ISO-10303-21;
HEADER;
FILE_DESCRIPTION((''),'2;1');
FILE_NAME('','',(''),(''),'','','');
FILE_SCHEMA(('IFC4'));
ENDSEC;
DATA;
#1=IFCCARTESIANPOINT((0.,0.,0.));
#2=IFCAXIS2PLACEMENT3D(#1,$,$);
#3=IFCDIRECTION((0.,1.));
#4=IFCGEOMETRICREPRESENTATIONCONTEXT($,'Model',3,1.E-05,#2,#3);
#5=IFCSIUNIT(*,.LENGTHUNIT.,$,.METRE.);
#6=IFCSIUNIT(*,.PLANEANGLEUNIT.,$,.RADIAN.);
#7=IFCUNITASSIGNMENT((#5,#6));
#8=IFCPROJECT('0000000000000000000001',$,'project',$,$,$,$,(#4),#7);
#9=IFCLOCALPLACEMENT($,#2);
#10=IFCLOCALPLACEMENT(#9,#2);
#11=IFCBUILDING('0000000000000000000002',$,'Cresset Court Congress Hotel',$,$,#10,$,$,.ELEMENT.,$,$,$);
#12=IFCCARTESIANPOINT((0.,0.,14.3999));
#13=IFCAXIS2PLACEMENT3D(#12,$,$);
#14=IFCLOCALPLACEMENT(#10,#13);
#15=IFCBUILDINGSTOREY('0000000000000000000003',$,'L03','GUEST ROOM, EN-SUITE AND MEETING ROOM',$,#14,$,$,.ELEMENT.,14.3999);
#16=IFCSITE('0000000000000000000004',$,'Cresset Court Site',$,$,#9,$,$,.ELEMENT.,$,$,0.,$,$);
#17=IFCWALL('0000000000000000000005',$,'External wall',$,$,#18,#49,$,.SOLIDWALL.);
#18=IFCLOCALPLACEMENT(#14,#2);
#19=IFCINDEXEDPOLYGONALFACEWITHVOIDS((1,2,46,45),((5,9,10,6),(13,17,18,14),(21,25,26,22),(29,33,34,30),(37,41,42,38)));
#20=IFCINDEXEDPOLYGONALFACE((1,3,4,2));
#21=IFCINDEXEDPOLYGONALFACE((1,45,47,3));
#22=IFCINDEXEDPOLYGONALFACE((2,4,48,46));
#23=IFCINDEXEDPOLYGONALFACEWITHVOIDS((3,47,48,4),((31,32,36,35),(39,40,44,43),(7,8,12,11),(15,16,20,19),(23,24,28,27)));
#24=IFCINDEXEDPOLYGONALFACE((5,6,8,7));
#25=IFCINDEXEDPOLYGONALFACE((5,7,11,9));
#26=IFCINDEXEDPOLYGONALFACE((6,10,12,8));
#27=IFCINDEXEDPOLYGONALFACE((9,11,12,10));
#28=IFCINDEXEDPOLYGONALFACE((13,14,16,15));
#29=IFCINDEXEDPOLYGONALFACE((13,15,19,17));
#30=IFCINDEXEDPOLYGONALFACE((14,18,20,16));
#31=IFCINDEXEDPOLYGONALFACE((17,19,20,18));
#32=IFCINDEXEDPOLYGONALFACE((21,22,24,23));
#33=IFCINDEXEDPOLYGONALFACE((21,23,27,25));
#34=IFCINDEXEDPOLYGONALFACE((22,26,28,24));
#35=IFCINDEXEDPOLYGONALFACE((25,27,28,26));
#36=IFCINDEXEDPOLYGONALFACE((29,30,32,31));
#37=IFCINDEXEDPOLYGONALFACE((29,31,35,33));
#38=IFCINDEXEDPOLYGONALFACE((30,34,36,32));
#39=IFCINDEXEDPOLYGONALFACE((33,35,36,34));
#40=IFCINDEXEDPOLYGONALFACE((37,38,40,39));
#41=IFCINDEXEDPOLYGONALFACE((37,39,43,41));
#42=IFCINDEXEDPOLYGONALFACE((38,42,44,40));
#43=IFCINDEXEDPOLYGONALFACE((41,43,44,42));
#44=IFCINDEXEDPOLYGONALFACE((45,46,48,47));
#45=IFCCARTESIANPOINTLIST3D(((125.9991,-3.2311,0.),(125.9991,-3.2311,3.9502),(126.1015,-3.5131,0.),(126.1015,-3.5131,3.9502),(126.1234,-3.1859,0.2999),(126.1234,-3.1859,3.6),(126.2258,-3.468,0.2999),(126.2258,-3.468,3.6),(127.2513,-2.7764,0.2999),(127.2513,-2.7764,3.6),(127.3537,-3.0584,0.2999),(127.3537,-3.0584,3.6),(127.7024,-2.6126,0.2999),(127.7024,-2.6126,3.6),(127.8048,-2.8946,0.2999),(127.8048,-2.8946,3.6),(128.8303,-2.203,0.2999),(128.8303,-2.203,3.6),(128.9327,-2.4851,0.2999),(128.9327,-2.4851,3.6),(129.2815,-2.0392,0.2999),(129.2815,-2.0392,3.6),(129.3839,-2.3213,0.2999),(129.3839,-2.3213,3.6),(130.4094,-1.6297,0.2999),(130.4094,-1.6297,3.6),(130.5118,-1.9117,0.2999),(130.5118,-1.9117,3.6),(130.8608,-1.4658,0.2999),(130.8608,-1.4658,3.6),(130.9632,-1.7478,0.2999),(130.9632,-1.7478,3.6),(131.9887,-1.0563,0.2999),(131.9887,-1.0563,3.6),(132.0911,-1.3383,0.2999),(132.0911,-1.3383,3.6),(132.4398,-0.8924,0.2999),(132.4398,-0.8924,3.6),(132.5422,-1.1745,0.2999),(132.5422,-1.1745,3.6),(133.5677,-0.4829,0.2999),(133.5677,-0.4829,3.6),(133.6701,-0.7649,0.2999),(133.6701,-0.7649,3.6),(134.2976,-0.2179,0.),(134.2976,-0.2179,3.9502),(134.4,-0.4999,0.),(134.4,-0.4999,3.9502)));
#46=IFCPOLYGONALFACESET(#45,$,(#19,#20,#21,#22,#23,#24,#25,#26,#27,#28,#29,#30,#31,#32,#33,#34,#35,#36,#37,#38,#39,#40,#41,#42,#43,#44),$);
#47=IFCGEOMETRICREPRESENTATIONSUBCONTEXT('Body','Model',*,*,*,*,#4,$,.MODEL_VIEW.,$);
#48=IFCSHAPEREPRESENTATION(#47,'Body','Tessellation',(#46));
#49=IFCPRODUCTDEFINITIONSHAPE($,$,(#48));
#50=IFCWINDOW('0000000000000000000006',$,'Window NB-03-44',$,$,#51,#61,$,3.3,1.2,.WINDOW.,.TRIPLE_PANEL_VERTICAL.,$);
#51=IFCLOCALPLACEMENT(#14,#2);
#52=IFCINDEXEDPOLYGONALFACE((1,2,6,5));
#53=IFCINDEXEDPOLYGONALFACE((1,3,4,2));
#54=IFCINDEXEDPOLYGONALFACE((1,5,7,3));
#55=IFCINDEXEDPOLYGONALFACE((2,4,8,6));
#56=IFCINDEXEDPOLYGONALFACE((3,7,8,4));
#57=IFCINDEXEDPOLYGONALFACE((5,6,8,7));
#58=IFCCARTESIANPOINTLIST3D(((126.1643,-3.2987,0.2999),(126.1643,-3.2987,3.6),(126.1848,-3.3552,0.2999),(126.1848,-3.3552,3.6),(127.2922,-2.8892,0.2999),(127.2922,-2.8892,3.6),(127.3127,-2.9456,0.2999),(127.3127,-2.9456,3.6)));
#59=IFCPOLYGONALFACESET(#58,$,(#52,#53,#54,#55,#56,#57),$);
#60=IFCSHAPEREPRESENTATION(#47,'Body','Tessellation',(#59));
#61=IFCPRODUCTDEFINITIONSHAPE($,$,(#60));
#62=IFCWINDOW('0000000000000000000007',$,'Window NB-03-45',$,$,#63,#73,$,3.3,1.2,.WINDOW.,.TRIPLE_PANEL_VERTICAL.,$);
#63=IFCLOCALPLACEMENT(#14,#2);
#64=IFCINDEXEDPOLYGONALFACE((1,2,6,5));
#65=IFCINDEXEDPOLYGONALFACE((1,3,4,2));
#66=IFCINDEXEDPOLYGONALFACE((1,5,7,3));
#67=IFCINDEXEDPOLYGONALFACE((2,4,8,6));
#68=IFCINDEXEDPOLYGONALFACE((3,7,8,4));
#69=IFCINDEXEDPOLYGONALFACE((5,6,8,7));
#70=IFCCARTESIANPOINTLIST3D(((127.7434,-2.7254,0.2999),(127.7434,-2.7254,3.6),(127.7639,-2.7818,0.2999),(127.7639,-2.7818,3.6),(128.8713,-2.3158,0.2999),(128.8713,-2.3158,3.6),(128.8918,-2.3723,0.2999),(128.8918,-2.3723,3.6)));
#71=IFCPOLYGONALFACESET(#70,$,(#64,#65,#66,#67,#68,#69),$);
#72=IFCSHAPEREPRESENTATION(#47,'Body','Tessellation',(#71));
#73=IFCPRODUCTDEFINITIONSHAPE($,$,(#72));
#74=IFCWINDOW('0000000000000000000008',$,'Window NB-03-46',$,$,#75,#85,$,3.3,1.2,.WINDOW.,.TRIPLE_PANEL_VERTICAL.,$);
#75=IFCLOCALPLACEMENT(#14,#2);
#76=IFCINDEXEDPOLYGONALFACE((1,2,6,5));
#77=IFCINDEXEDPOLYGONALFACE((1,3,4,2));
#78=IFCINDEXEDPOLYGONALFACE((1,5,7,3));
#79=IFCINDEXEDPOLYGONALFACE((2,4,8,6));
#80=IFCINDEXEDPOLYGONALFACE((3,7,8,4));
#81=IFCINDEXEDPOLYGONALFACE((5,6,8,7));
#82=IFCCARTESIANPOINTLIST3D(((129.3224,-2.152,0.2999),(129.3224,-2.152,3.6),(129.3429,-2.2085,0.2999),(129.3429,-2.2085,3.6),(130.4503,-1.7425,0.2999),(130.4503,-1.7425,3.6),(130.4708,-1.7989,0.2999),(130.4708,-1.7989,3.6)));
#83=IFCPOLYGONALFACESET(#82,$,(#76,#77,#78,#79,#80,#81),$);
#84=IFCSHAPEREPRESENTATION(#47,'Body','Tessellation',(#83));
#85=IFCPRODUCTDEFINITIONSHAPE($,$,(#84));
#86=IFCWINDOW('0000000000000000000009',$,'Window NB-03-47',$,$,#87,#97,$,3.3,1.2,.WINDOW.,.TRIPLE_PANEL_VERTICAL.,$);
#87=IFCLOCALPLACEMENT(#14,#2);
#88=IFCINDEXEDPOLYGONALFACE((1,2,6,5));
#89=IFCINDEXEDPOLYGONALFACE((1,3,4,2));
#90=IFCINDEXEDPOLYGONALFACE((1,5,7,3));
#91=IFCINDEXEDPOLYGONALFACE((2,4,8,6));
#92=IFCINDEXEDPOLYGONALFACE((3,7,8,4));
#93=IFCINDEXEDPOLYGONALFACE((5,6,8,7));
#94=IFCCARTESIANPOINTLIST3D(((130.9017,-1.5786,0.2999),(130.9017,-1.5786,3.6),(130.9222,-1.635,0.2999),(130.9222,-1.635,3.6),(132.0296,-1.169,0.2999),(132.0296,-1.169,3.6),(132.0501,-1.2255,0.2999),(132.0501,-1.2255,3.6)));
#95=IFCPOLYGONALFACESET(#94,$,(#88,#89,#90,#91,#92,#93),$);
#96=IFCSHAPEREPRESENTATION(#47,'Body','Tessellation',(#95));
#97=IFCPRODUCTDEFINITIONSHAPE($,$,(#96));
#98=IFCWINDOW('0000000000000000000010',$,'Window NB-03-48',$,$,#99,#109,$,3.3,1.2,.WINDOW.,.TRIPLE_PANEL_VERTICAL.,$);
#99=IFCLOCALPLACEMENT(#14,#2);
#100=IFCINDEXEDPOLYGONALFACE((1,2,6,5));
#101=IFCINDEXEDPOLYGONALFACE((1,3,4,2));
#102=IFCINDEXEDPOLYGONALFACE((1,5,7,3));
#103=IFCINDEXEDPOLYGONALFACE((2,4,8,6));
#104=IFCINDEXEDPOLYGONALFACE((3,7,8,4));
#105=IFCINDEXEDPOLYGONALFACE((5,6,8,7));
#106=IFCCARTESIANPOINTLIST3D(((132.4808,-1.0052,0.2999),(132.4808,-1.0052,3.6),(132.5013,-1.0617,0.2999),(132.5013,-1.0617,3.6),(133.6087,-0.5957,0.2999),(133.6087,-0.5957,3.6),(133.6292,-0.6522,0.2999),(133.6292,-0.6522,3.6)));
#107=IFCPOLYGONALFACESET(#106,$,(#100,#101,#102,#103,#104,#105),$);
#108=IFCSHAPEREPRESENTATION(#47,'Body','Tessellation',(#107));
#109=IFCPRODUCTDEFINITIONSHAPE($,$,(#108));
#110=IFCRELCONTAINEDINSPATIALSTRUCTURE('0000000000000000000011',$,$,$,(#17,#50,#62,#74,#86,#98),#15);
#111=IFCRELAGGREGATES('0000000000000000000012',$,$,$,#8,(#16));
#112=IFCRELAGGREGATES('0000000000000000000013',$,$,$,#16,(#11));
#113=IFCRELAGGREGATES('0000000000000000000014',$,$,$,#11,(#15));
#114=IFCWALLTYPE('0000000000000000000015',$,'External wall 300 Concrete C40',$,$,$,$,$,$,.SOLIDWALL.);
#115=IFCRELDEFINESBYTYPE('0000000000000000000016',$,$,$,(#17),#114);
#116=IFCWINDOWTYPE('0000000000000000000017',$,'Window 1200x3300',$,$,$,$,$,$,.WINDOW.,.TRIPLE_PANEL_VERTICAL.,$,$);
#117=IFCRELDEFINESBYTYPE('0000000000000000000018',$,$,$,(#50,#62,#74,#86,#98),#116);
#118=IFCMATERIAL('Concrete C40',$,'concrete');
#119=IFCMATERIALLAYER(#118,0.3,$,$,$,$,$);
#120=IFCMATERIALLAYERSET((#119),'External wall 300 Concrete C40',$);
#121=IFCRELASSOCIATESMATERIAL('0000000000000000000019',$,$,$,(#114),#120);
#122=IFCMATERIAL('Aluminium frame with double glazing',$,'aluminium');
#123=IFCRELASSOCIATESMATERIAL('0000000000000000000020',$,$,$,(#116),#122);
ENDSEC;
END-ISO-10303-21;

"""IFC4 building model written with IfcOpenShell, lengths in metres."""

from ifc_helpers import new_model, si_unit, direction, frame, frame_2d, origin, place, context, subcontext, project, spatial, rectangle, extrude, material, layer, layer_set, type_object, element, fill, save


model = new_model("IFC4")

# Units and contexts
model_context = context("Model", 3, precision=1e-05, world=origin(), true_north=direction((0.0, 1.0)))
body_context = subcontext(model_context, "Body", "Model", "MODEL_VIEW")
ifc_project = project(units=[si_unit("LENGTHUNIT", "METRE"), si_unit("PLANEANGLEUNIT", "RADIAN")], contexts=[model_context])

# Site, building, storey
site_placement = place(None, origin())
site = spatial("IfcSite", under=ifc_project, at=site_placement, Name="Cresset Court Site", CompositionType="ELEMENT", RefElevation=0.0)
building_placement = place(site_placement, origin())
building = spatial("IfcBuilding", under=site, at=building_placement, Name="Cresset Court Congress Hotel", CompositionType="ELEMENT")
storey_placement = place(building_placement, frame((0.0, 0.0, 14.3999)))
storey = spatial("IfcBuildingStorey", under=building, at=storey_placement, Name="L03", Description="GUEST ROOM, EN-SUITE AND MEETING ROOM", CompositionType="ELEMENT", Elevation=14.3999)

# Shared definitions
ifc_material_1 = material(Name="Concrete C40", Category="concrete")
ifc_layer_1 = layer(ifc_material_1, 0.3)
ifc_layer_set_1 = layer_set([ifc_layer_1], Name="External wall 300 Concrete C40")
wall_type = type_object("IfcWallType", Name="External wall 300 Concrete C40", PredefinedType="SOLIDWALL", material=ifc_layer_set_1)

# Wall, openings, windows
wall_1_placement = place(storey_placement, frame((126.0503, -3.3721, 0.0), z_axis=(0.0, 0.0, 1.0), x_axis=(0.939956, 0.341295, 0.0)))
wall_1 = element("IfcWall", 1, at=wall_1_placement, inside=storey, type_object=wall_type, Name="External wall", PredefinedType="SOLIDWALL", context=body_context, shape_type="SweptSolid", body=[
    extrude(rectangle(XDim=8.8286, YDim=0.3, at=frame_2d((4.4143, 0.0))), origin(), (0.0, 0.0, 1.0), 3.9502),
])
opening_1_placement = place(wall_1_placement, frame((0.1321, 0.0, 0.3)))
opening_1 = element("IfcOpeningElement", 2, at=opening_1_placement, cuts=wall_1, PredefinedType="OPENING", context=body_context, shape_type="SweptSolid", body=[
    extrude(rectangle(XDim=1.2, YDim=3.3, at=frame_2d((0.6001, 1.6499))), frame((0.0, 0.1599, 0.0), z_axis=(0.0, -1.0, 0.0), x_axis=(1.0, 0.0, 0.0)), (0.0, 0.0, 1.0), 0.3201),
])
opening_2_placement = place(wall_1_placement, frame((1.812, 0.0, 0.3)))
opening_2 = element("IfcOpeningElement", 3, at=opening_2_placement, cuts=wall_1, PredefinedType="OPENING", context=body_context, shape_type="SweptSolid", body=[
    extrude(rectangle(XDim=1.2, YDim=3.3, at=frame_2d((0.6001, 1.6499))), frame((0.0, 0.1599, 0.0), z_axis=(0.0, -1.0, 0.0), x_axis=(1.0, 0.0, 0.0)), (0.0, 0.0, 1.0), 0.3201),
])
opening_3_placement = place(wall_1_placement, frame((3.4919, 0.0, 0.3)))
opening_3 = element("IfcOpeningElement", 4, at=opening_3_placement, cuts=wall_1, PredefinedType="OPENING", context=body_context, shape_type="SweptSolid", body=[
    extrude(rectangle(XDim=1.2, YDim=3.3, at=frame_2d((0.6001, 1.6499))), frame((0.0, 0.1599, 0.0), z_axis=(0.0, -1.0, 0.0), x_axis=(1.0, 0.0, 0.0)), (0.0, 0.0, 1.0), 0.3201),
])
opening_4_placement = place(wall_1_placement, frame((5.1721, 0.0, 0.3)))
opening_4 = element("IfcOpeningElement", 5, at=opening_4_placement, cuts=wall_1, PredefinedType="OPENING", context=body_context, shape_type="SweptSolid", body=[
    extrude(rectangle(XDim=1.2, YDim=3.3, at=frame_2d((0.6001, 1.6499))), frame((0.0, 0.1599, 0.0), z_axis=(0.0, -1.0, 0.0), x_axis=(1.0, 0.0, 0.0)), (0.0, 0.0, 1.0), 0.3201),
])
opening_5_placement = place(wall_1_placement, frame((6.8521, 0.0, 0.3)))
opening_5 = element("IfcOpeningElement", 6, at=opening_5_placement, cuts=wall_1, PredefinedType="OPENING", context=body_context, shape_type="SweptSolid", body=[
    extrude(rectangle(XDim=1.2, YDim=3.3, at=frame_2d((0.6001, 1.6499))), frame((0.0, 0.1599, 0.0), z_axis=(0.0, -1.0, 0.0), x_axis=(1.0, 0.0, 0.0)), (0.0, 0.0, 1.0), 0.3201),
])
ifc_material_2 = material(Name="Aluminium frame with double glazing", Category="aluminium")
window_type = type_object("IfcWindowType", Name="Window 1200x3300", PartitioningType="TRIPLE_PANEL_VERTICAL", PredefinedType="WINDOW", material=ifc_material_2)
window_1_placement = place(opening_1_placement, origin())
window_1 = element("IfcWindow", 7, at=window_1_placement, inside=storey, type_object=window_type, Name="Window NB-03-44", OverallHeight=3.3, OverallWidth=1.2, PartitioningType="TRIPLE_PANEL_VERTICAL", PredefinedType="WINDOW", context=body_context, shape_type="SweptSolid", body=[
    extrude(rectangle(XDim=1.2, YDim=3.3, at=frame_2d((0.6001, 1.6499))), frame((0.0, 0.03, 0.0), z_axis=(0.0, -1.0, 0.0), x_axis=(1.0, 0.0, 0.0)), (0.0, 0.0, 1.0), 0.0601),
])
fill(opening_1, window_1)
window_2_placement = place(opening_2_placement, origin())
window_2 = element("IfcWindow", 8, at=window_2_placement, inside=storey, type_object=window_type, Name="Window NB-03-45", OverallHeight=3.3, OverallWidth=1.2, PartitioningType="TRIPLE_PANEL_VERTICAL", PredefinedType="WINDOW", context=body_context, shape_type="SweptSolid", body=[
    extrude(rectangle(XDim=1.2, YDim=3.3, at=frame_2d((0.6001, 1.6499))), frame((0.0, 0.03, 0.0), z_axis=(0.0, -1.0, 0.0), x_axis=(1.0, 0.0, 0.0)), (0.0, 0.0, 1.0), 0.0601),
])
fill(opening_2, window_2)
window_3_placement = place(opening_3_placement, origin())
window_3 = element("IfcWindow", 9, at=window_3_placement, inside=storey, type_object=window_type, Name="Window NB-03-46", OverallHeight=3.3, OverallWidth=1.2, PartitioningType="TRIPLE_PANEL_VERTICAL", PredefinedType="WINDOW", context=body_context, shape_type="SweptSolid", body=[
    extrude(rectangle(XDim=1.2, YDim=3.3, at=frame_2d((0.6001, 1.6499))), frame((0.0, 0.03, 0.0), z_axis=(0.0, -1.0, 0.0), x_axis=(1.0, 0.0, 0.0)), (0.0, 0.0, 1.0), 0.0601),
])
fill(opening_3, window_3)
window_4_placement = place(opening_4_placement, origin())
window_4 = element("IfcWindow", 10, at=window_4_placement, inside=storey, type_object=window_type, Name="Window NB-03-47", OverallHeight=3.3, OverallWidth=1.2, PartitioningType="TRIPLE_PANEL_VERTICAL", PredefinedType="WINDOW", context=body_context, shape_type="SweptSolid", body=[
    extrude(rectangle(XDim=1.2, YDim=3.3, at=frame_2d((0.6001, 1.6499))), frame((0.0, 0.03, 0.0), z_axis=(0.0, -1.0, 0.0), x_axis=(1.0, 0.0, 0.0)), (0.0, 0.0, 1.0), 0.0601),
])
fill(opening_4, window_4)
window_5_placement = place(opening_5_placement, origin())
window_5 = element("IfcWindow", 11, at=window_5_placement, inside=storey, type_object=window_type, Name="Window NB-03-48", OverallHeight=3.3, OverallWidth=1.2, PartitioningType="TRIPLE_PANEL_VERTICAL", PredefinedType="WINDOW", context=body_context, shape_type="SweptSolid", body=[
    extrude(rectangle(XDim=1.2, YDim=3.3, at=frame_2d((0.6001, 1.6499))), frame((0.0, 0.03, 0.0), z_axis=(0.0, -1.0, 0.0), x_axis=(1.0, 0.0, 0.0)), (0.0, 0.0, 1.0), 0.0601),
])
fill(opening_5, window_5)

save(model, "model.ifc")
